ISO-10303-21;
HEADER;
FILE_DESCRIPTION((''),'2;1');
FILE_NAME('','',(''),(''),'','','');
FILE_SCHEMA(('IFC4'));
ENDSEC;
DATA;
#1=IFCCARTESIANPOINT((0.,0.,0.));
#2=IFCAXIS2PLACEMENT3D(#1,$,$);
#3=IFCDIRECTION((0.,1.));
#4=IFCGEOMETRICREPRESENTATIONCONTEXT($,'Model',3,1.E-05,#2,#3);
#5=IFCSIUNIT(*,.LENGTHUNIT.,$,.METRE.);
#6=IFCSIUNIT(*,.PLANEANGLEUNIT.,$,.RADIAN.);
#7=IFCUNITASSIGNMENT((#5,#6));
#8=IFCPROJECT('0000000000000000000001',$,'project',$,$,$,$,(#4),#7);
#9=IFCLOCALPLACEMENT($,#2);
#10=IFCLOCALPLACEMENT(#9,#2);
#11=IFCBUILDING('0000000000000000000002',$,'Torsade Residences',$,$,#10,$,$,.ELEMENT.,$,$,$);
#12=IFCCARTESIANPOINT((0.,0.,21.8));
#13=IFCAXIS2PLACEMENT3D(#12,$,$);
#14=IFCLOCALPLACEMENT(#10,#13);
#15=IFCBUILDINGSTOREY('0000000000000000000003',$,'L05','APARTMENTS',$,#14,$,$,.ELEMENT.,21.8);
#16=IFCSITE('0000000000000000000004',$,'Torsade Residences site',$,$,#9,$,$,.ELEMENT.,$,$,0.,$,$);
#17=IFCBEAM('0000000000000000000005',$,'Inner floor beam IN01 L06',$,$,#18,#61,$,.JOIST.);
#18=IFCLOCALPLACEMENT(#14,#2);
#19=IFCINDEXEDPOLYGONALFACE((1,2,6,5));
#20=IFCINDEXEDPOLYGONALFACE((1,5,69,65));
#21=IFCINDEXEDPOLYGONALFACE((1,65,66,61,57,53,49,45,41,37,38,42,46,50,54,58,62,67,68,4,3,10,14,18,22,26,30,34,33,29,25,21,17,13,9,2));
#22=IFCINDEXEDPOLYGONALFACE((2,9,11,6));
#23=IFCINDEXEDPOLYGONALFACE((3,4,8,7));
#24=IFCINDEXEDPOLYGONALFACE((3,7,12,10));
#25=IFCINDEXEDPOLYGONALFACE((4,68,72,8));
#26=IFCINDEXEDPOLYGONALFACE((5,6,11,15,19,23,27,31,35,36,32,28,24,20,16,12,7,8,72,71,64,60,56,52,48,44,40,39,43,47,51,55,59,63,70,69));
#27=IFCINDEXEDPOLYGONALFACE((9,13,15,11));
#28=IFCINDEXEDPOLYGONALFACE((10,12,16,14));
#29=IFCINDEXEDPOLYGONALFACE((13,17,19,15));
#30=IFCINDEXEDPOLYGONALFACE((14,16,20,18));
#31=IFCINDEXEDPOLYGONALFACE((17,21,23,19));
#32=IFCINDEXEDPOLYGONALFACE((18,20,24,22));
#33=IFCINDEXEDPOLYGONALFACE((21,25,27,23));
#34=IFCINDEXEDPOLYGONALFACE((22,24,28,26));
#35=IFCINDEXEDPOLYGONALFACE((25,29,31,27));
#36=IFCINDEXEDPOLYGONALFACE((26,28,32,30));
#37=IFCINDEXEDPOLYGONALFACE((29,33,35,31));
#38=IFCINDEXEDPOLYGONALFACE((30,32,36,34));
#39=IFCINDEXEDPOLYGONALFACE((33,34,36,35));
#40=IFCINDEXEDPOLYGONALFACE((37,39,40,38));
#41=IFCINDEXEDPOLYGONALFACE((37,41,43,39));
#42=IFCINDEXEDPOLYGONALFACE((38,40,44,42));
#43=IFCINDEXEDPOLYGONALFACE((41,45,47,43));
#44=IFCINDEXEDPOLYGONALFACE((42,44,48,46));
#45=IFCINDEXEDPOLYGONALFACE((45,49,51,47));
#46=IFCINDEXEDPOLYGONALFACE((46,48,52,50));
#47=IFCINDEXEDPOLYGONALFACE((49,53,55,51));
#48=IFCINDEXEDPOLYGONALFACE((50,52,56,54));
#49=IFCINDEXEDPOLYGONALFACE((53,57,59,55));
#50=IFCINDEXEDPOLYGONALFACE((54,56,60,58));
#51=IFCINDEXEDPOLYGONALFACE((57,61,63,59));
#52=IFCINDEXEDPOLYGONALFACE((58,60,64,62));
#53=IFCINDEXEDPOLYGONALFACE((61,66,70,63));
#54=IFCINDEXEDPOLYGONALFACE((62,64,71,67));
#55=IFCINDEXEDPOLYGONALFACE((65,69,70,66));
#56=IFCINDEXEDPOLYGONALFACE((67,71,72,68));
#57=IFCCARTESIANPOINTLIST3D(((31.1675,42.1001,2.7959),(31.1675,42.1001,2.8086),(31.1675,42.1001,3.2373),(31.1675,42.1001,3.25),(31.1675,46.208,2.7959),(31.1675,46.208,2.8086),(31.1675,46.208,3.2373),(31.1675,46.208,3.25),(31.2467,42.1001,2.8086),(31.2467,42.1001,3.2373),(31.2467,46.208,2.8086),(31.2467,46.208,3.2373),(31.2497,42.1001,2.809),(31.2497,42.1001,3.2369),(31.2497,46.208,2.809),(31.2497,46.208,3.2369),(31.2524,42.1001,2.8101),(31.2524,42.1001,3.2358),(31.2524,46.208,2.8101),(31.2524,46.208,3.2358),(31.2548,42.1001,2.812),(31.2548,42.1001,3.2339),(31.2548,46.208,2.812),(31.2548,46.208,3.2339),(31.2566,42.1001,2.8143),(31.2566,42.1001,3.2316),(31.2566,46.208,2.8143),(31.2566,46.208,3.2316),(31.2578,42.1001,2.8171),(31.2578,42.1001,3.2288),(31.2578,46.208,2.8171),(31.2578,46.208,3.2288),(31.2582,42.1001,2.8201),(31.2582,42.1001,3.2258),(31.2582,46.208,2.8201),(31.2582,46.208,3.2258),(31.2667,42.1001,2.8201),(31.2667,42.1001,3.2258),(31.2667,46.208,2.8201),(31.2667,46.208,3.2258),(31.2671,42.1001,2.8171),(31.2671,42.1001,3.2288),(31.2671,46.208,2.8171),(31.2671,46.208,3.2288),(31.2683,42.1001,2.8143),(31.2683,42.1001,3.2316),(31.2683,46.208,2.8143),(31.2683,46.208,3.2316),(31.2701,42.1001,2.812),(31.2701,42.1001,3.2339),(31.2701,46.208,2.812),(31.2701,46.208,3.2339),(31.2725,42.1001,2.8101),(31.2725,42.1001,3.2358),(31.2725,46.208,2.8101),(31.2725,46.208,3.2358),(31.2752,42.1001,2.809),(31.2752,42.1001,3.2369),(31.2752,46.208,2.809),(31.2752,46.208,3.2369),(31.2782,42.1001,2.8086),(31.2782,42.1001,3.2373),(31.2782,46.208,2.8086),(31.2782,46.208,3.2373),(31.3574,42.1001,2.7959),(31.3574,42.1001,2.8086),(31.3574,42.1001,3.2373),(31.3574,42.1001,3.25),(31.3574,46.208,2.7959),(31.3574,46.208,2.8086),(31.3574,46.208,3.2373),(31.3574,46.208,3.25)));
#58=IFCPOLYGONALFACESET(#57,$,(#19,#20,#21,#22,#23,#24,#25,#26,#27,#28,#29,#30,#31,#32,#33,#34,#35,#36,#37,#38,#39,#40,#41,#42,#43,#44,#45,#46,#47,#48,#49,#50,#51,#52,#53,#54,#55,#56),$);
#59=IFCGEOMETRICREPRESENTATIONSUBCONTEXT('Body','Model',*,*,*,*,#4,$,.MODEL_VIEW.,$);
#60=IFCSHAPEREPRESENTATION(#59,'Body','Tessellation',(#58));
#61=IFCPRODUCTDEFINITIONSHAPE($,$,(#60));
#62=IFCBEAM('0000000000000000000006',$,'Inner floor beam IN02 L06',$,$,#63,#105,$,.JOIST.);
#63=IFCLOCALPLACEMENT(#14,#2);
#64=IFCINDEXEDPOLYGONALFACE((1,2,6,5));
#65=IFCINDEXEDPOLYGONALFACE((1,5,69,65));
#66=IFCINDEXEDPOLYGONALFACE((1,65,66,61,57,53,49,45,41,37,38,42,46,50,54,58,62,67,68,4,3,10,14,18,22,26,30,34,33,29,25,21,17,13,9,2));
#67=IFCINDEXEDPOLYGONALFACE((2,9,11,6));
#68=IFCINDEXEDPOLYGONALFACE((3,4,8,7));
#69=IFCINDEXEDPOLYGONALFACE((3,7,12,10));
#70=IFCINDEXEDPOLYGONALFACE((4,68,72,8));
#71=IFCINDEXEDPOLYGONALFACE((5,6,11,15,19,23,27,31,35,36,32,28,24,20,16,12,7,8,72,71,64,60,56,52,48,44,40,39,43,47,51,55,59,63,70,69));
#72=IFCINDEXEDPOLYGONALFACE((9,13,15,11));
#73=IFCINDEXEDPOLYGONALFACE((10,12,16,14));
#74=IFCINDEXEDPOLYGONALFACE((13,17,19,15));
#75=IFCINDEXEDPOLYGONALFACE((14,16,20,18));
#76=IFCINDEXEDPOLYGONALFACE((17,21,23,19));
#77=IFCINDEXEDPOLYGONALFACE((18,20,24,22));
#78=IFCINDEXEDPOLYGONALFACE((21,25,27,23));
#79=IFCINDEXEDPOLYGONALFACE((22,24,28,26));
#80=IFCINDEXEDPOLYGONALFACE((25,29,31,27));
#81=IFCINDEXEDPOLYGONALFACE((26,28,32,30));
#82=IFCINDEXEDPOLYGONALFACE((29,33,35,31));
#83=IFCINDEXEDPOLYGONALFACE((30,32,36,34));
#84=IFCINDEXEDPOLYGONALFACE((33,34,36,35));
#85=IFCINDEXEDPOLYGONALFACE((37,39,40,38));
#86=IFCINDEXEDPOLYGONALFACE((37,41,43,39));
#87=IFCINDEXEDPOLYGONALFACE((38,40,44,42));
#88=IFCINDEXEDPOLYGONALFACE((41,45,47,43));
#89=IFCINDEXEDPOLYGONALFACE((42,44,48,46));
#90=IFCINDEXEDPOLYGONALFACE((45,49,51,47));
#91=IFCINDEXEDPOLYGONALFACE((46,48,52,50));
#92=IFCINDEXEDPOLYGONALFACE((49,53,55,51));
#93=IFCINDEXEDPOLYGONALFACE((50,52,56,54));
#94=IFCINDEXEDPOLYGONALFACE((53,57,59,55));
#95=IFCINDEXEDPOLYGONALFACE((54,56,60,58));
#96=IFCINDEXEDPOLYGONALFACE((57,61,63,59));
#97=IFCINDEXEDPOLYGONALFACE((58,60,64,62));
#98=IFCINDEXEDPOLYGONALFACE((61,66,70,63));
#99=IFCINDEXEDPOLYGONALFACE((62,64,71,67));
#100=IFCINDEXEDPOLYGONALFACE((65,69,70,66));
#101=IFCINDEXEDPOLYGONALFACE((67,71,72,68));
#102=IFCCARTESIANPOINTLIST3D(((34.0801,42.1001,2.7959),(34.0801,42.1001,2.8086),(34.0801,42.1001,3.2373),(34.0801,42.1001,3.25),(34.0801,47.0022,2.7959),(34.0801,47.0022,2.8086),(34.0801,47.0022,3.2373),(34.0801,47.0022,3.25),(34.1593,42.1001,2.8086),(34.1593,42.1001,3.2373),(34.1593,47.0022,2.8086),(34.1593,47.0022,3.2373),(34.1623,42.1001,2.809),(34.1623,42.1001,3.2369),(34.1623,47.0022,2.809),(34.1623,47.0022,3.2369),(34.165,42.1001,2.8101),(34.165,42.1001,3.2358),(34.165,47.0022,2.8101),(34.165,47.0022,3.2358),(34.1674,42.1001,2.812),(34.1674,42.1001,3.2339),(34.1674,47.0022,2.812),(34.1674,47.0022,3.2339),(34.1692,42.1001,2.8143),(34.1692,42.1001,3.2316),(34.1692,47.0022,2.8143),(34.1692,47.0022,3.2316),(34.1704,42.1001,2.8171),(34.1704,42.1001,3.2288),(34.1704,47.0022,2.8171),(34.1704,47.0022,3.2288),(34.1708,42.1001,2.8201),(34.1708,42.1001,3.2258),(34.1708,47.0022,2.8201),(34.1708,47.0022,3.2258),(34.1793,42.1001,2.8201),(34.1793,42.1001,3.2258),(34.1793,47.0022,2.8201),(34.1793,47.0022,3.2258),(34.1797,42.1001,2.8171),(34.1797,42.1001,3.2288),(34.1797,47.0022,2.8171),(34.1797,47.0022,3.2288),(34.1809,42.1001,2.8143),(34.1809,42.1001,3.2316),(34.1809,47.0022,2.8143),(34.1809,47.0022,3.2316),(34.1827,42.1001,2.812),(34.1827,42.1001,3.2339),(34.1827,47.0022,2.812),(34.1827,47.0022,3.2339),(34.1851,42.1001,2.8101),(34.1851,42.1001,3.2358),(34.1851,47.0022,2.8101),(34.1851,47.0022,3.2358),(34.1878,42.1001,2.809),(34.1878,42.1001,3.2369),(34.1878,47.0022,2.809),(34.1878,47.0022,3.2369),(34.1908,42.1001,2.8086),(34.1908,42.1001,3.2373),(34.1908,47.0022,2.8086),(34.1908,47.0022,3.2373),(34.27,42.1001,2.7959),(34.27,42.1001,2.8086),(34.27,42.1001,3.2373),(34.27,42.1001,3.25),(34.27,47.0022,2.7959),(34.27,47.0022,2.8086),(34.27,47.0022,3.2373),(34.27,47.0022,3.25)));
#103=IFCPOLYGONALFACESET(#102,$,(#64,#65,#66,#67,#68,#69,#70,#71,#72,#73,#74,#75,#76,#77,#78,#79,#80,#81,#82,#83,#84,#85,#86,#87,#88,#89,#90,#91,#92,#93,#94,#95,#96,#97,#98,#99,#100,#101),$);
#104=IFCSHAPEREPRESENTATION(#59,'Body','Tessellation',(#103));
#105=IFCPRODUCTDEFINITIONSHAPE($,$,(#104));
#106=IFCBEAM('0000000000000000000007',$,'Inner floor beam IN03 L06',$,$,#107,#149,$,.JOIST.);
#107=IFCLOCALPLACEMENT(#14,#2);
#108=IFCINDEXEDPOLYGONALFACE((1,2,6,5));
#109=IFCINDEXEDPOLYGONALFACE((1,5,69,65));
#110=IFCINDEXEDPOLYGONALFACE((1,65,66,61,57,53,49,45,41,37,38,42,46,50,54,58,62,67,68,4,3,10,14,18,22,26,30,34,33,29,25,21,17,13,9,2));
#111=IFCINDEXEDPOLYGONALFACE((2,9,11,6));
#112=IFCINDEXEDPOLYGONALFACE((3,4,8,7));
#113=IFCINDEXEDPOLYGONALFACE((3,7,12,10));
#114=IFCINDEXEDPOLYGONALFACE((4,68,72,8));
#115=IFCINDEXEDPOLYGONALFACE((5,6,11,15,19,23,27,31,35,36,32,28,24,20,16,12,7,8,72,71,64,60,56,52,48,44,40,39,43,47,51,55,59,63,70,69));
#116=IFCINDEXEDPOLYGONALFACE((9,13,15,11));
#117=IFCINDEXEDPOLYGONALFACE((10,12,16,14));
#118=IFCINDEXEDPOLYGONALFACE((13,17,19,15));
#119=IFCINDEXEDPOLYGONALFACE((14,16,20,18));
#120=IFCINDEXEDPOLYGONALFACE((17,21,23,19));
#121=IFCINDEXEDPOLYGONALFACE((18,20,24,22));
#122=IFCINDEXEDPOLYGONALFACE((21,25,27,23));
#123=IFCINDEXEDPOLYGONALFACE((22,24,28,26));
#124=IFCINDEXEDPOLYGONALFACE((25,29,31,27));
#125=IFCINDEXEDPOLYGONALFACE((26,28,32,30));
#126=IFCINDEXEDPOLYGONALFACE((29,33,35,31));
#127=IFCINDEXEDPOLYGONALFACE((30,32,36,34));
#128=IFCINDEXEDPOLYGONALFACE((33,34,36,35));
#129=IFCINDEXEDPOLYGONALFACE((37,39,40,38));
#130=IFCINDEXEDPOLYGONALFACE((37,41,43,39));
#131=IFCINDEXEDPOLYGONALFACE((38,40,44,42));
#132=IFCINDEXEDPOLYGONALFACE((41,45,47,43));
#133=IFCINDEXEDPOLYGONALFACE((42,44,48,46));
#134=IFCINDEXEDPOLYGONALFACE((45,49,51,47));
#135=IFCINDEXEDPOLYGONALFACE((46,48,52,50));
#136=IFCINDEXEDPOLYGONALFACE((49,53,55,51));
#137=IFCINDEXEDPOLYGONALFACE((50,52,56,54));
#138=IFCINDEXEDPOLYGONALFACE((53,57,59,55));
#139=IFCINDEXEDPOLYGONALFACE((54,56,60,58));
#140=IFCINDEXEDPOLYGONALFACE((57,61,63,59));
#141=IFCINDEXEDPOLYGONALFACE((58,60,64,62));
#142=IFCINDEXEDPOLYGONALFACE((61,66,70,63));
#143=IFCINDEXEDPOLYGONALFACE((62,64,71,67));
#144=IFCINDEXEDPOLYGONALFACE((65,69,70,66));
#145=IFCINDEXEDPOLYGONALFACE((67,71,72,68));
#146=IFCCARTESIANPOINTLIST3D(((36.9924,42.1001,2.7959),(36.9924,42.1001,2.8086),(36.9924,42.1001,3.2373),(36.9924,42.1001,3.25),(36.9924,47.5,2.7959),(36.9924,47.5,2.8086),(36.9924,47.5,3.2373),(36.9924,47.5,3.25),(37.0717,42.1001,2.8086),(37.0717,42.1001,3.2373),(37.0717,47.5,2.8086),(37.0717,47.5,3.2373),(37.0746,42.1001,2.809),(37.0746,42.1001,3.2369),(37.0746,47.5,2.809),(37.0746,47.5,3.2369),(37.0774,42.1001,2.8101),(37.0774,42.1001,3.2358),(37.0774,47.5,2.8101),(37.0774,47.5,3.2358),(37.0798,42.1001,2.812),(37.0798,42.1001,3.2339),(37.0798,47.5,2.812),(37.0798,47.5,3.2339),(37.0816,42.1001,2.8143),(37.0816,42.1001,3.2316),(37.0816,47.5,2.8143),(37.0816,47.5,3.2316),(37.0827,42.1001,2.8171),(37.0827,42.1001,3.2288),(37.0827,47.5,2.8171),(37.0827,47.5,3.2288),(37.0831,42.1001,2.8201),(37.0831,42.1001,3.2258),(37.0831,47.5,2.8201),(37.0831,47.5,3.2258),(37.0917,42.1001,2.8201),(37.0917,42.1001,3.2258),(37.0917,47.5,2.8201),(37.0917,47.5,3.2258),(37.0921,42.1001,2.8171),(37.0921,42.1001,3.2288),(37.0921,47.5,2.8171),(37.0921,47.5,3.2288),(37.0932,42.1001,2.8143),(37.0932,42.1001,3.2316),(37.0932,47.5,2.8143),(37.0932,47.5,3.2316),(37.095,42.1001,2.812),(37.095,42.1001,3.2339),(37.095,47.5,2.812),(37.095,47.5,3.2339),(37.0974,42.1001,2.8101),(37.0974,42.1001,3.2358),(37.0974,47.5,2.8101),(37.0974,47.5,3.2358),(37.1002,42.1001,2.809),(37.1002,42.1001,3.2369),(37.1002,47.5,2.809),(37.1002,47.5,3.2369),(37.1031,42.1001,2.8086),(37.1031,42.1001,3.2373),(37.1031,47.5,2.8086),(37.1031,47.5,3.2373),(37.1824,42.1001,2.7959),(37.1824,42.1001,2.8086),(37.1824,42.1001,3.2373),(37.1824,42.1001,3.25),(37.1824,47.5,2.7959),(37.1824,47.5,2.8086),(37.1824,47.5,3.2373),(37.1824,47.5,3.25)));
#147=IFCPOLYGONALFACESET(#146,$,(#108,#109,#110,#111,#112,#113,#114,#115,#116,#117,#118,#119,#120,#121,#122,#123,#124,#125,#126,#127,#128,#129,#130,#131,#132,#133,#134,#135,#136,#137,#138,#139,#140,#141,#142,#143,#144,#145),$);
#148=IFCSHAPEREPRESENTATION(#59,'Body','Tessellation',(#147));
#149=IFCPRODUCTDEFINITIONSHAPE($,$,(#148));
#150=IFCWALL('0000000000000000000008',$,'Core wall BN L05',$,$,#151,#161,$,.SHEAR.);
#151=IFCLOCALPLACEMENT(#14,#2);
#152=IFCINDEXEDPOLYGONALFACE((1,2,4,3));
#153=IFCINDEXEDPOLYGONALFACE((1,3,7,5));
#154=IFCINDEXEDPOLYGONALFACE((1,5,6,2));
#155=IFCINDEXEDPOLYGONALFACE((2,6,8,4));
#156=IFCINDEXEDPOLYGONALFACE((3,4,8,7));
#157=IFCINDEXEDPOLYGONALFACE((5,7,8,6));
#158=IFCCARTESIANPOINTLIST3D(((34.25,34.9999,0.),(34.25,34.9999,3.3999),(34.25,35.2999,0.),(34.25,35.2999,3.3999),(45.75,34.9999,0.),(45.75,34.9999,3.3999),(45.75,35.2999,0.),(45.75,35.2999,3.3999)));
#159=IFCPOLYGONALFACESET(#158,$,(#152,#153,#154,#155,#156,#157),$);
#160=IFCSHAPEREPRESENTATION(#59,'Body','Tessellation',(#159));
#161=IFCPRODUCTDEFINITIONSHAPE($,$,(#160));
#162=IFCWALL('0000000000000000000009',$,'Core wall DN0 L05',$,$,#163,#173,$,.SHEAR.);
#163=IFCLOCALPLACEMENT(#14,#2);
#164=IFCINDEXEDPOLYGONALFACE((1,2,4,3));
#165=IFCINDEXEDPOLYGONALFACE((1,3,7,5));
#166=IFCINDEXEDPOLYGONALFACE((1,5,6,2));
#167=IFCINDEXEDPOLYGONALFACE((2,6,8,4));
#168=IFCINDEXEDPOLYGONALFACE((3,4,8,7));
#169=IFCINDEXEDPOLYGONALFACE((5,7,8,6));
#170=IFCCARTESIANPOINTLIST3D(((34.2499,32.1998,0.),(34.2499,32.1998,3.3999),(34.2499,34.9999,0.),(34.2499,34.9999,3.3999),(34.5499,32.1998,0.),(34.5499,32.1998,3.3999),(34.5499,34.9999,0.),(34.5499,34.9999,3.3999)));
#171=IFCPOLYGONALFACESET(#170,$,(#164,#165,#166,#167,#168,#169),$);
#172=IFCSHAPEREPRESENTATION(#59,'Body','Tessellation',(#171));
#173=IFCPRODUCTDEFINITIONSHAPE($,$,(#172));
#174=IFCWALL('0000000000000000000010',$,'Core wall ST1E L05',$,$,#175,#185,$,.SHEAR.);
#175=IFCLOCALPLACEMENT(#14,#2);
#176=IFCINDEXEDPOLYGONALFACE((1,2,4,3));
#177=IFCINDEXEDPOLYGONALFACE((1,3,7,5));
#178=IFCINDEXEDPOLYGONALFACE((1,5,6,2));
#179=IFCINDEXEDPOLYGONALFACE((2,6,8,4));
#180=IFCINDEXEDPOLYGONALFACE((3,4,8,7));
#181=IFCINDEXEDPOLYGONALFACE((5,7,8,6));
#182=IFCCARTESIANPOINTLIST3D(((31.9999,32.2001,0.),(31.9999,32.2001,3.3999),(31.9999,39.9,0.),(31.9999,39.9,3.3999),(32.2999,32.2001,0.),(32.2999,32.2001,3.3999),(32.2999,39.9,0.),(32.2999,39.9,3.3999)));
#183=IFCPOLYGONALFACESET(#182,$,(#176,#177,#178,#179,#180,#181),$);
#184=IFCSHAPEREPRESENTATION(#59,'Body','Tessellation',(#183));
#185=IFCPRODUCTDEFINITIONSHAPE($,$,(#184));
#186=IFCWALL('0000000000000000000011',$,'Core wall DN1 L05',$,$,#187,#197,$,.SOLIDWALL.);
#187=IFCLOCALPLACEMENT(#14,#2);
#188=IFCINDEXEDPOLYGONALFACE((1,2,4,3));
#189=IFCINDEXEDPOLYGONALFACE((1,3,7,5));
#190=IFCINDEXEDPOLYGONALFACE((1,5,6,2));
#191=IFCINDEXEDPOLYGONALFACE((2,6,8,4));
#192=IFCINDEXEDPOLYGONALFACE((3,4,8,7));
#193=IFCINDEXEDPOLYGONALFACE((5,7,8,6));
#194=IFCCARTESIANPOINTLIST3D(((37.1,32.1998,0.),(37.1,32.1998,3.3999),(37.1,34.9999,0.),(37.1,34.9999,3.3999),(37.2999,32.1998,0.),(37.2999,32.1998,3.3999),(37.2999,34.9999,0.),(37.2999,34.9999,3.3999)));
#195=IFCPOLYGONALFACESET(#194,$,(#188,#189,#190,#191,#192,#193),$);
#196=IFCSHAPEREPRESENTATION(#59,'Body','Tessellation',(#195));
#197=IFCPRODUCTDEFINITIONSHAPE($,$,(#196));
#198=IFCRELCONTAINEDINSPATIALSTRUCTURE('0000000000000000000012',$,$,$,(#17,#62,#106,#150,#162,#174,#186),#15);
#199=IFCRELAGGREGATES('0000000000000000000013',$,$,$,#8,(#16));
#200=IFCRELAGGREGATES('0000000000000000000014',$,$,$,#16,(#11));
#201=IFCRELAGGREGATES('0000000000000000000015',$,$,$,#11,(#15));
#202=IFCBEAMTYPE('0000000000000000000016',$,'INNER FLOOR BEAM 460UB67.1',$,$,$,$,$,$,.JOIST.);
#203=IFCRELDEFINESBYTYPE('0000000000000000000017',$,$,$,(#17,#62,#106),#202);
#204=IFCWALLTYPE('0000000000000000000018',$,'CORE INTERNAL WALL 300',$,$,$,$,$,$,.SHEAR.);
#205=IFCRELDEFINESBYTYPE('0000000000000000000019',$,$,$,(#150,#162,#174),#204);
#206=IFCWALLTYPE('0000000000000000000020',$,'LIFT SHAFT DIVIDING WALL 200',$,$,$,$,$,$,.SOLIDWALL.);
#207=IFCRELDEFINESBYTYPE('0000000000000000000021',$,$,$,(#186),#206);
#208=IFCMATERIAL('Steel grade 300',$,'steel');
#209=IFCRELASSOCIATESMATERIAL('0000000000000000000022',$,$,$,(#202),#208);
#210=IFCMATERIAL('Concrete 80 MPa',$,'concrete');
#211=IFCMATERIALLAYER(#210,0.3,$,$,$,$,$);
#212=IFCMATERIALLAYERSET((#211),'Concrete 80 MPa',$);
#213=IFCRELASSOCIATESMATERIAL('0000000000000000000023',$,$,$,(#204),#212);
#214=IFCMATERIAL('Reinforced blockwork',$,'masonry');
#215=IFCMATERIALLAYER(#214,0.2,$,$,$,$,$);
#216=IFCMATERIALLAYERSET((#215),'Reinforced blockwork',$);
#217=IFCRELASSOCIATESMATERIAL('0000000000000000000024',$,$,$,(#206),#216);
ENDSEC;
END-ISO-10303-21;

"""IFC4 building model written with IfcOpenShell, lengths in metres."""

from ifc_helpers import new_model, si_unit, direction, frame, frame_2d, origin, origin_2d, place, context, subcontext, project, spatial, rectangle, i_section, extrude, material, layer, layer_set, material_profile, profile_set, type_object, element, save


model = new_model("IFC4")

# Units and contexts
model_context = context("Model", 3, precision=1e-05, world=origin(), true_north=direction((0.0, 1.0)))
body_context = subcontext(model_context, "Body", "Model", "MODEL_VIEW")
ifc_project = project(units=[si_unit("LENGTHUNIT", "METRE"), si_unit("PLANEANGLEUNIT", "RADIAN")], contexts=[model_context])

# Site, building, storey
site_placement = place(None, origin())
site = spatial("IfcSite", under=ifc_project, at=site_placement, Name="Torsade Residences site", CompositionType="ELEMENT", RefElevation=0.0)
building_placement = place(site_placement, origin())
building = spatial("IfcBuilding", under=site, at=building_placement, Name="Torsade Residences", CompositionType="ELEMENT")
storey_placement = place(building_placement, frame((0.0, 0.0, 21.8)))
storey = spatial("IfcBuildingStorey", under=building, at=storey_placement, Name="L05", Description="APARTMENTS", CompositionType="ELEMENT", Elevation=21.8)

# Beams
ifc_material_1 = material(Name="Steel grade 300", Category="steel")
ifc_material_profile = material_profile(ifc_material_1, i_section(OverallWidth=0.1899, OverallDepth=0.4541, WebThickness=0.0085, FlangeThickness=0.0127, FilletRadius=0.0115, at=origin_2d()), Name="460UB67.1")
ifc_profile_set = profile_set([ifc_material_profile], Name="Steel grade 300")
beam_type = type_object("IfcBeamType", Name="INNER FLOOR BEAM 460UB67.1", PredefinedType="JOIST", material=ifc_profile_set)
beam_1_placement = place(storey_placement, frame((31.2625, 42.1001, 3.0229), z_axis=(0.0, 1.0, 0.0), x_axis=(-1.0, 0.0, 0.0)))
element("IfcBeam", 1, at=beam_1_placement, inside=storey, type_object=beam_type, Name="Inner floor beam IN01 L06", PredefinedType="JOIST", context=body_context, shape_type="SweptSolid", body=[
    extrude(i_section(OverallWidth=0.1899, OverallDepth=0.4541, WebThickness=0.0085, FlangeThickness=0.0127, FilletRadius=0.0115, at=origin_2d()), origin(), (0.0, 0.0, 1.0), 4.1079),
])
beam_2_placement = place(storey_placement, frame((34.175, 42.1001, 3.0229), z_axis=(0.0, 1.0, 0.0), x_axis=(-1.0, 0.0, 0.0)))
element("IfcBeam", 2, at=beam_2_placement, inside=storey, type_object=beam_type, Name="Inner floor beam IN02 L06", PredefinedType="JOIST", context=body_context, shape_type="SweptSolid", body=[
    extrude(i_section(OverallWidth=0.1899, OverallDepth=0.4541, WebThickness=0.0085, FlangeThickness=0.0127, FilletRadius=0.0115, at=origin_2d()), origin(), (0.0, 0.0, 1.0), 4.9021),
])
beam_3_placement = place(storey_placement, frame((37.0874, 42.1001, 3.0229), z_axis=(0.0, 1.0, 0.0), x_axis=(-1.0, 0.0, 0.0)))
element("IfcBeam", 3, at=beam_3_placement, inside=storey, type_object=beam_type, Name="Inner floor beam IN03 L06", PredefinedType="JOIST", context=body_context, shape_type="SweptSolid", body=[
    extrude(i_section(OverallWidth=0.1899, OverallDepth=0.4541, WebThickness=0.0085, FlangeThickness=0.0127, FilletRadius=0.0115, at=origin_2d()), origin(), (0.0, 0.0, 1.0), 5.3999),
])

# Walls
ifc_material_2 = material(Name="Concrete 80 MPa", Category="concrete")
ifc_layer_1 = layer(ifc_material_2, 0.3)
ifc_layer_set_1 = layer_set([ifc_layer_1], Name="Concrete 80 MPa")
wall_type_1 = type_object("IfcWallType", Name="CORE INTERNAL WALL 300", PredefinedType="SHEAR", material=ifc_layer_set_1)
wall_1_placement = place(storey_placement, frame((34.25, 35.1499, 0.0), z_axis=(0.0, 0.0, 1.0), x_axis=(1.0, 0.0, 0.0)))
element("IfcWall", 4, at=wall_1_placement, inside=storey, type_object=wall_type_1, Name="Core wall BN L05", PredefinedType="SHEAR", context=body_context, shape_type="SweptSolid", body=[
    extrude(rectangle(XDim=11.5, YDim=0.3, at=frame_2d((5.75, 0.0))), origin(), (0.0, 0.0, 1.0), 3.3999),
])
wall_2_placement = place(storey_placement, frame((34.3999, 32.2, 0.0), z_axis=(0.0, 0.0, 1.0), x_axis=(0.0, 1.0, 0.0)))
element("IfcWall", 5, at=wall_2_placement, inside=storey, type_object=wall_type_1, Name="Core wall DN0 L05", PredefinedType="SHEAR", context=body_context, shape_type="SweptSolid", body=[
    extrude(rectangle(XDim=2.8, YDim=0.3, at=frame_2d((1.3999, 0.0))), origin(), (0.0, 0.0, 1.0), 3.3999),
])
wall_3_placement = place(storey_placement, frame((32.1499, 32.2, 0.0), z_axis=(0.0, 0.0, 1.0), x_axis=(0.0, 1.0, 0.0)))
element("IfcWall", 6, at=wall_3_placement, inside=storey, type_object=wall_type_1, Name="Core wall ST1E L05", PredefinedType="SHEAR", context=body_context, shape_type="SweptSolid", body=[
    extrude(rectangle(XDim=7.7, YDim=0.3, at=frame_2d((3.8501, 0.0))), origin(), (0.0, 0.0, 1.0), 3.3999),
])
ifc_material_3 = material(Name="Reinforced blockwork", Category="masonry")
ifc_layer_2 = layer(ifc_material_3, 0.2)
ifc_layer_set_2 = layer_set([ifc_layer_2], Name="Reinforced blockwork")
wall_type_2 = type_object("IfcWallType", Name="LIFT SHAFT DIVIDING WALL 200", PredefinedType="SOLIDWALL", material=ifc_layer_set_2)
wall_4_placement = place(storey_placement, frame((37.2, 32.2, 0.0), z_axis=(0.0, 0.0, 1.0), x_axis=(0.0, 1.0, 0.0)))
element("IfcWall", 7, at=wall_4_placement, inside=storey, type_object=wall_type_2, Name="Core wall DN1 L05", PredefinedType="SOLIDWALL", context=body_context, shape_type="SweptSolid", body=[
    extrude(rectangle(XDim=2.8, YDim=0.2, at=frame_2d((1.3999, 0.0))), origin(), (0.0, 0.0, 1.0), 3.3999),
])

save(model, "model.ifc")
